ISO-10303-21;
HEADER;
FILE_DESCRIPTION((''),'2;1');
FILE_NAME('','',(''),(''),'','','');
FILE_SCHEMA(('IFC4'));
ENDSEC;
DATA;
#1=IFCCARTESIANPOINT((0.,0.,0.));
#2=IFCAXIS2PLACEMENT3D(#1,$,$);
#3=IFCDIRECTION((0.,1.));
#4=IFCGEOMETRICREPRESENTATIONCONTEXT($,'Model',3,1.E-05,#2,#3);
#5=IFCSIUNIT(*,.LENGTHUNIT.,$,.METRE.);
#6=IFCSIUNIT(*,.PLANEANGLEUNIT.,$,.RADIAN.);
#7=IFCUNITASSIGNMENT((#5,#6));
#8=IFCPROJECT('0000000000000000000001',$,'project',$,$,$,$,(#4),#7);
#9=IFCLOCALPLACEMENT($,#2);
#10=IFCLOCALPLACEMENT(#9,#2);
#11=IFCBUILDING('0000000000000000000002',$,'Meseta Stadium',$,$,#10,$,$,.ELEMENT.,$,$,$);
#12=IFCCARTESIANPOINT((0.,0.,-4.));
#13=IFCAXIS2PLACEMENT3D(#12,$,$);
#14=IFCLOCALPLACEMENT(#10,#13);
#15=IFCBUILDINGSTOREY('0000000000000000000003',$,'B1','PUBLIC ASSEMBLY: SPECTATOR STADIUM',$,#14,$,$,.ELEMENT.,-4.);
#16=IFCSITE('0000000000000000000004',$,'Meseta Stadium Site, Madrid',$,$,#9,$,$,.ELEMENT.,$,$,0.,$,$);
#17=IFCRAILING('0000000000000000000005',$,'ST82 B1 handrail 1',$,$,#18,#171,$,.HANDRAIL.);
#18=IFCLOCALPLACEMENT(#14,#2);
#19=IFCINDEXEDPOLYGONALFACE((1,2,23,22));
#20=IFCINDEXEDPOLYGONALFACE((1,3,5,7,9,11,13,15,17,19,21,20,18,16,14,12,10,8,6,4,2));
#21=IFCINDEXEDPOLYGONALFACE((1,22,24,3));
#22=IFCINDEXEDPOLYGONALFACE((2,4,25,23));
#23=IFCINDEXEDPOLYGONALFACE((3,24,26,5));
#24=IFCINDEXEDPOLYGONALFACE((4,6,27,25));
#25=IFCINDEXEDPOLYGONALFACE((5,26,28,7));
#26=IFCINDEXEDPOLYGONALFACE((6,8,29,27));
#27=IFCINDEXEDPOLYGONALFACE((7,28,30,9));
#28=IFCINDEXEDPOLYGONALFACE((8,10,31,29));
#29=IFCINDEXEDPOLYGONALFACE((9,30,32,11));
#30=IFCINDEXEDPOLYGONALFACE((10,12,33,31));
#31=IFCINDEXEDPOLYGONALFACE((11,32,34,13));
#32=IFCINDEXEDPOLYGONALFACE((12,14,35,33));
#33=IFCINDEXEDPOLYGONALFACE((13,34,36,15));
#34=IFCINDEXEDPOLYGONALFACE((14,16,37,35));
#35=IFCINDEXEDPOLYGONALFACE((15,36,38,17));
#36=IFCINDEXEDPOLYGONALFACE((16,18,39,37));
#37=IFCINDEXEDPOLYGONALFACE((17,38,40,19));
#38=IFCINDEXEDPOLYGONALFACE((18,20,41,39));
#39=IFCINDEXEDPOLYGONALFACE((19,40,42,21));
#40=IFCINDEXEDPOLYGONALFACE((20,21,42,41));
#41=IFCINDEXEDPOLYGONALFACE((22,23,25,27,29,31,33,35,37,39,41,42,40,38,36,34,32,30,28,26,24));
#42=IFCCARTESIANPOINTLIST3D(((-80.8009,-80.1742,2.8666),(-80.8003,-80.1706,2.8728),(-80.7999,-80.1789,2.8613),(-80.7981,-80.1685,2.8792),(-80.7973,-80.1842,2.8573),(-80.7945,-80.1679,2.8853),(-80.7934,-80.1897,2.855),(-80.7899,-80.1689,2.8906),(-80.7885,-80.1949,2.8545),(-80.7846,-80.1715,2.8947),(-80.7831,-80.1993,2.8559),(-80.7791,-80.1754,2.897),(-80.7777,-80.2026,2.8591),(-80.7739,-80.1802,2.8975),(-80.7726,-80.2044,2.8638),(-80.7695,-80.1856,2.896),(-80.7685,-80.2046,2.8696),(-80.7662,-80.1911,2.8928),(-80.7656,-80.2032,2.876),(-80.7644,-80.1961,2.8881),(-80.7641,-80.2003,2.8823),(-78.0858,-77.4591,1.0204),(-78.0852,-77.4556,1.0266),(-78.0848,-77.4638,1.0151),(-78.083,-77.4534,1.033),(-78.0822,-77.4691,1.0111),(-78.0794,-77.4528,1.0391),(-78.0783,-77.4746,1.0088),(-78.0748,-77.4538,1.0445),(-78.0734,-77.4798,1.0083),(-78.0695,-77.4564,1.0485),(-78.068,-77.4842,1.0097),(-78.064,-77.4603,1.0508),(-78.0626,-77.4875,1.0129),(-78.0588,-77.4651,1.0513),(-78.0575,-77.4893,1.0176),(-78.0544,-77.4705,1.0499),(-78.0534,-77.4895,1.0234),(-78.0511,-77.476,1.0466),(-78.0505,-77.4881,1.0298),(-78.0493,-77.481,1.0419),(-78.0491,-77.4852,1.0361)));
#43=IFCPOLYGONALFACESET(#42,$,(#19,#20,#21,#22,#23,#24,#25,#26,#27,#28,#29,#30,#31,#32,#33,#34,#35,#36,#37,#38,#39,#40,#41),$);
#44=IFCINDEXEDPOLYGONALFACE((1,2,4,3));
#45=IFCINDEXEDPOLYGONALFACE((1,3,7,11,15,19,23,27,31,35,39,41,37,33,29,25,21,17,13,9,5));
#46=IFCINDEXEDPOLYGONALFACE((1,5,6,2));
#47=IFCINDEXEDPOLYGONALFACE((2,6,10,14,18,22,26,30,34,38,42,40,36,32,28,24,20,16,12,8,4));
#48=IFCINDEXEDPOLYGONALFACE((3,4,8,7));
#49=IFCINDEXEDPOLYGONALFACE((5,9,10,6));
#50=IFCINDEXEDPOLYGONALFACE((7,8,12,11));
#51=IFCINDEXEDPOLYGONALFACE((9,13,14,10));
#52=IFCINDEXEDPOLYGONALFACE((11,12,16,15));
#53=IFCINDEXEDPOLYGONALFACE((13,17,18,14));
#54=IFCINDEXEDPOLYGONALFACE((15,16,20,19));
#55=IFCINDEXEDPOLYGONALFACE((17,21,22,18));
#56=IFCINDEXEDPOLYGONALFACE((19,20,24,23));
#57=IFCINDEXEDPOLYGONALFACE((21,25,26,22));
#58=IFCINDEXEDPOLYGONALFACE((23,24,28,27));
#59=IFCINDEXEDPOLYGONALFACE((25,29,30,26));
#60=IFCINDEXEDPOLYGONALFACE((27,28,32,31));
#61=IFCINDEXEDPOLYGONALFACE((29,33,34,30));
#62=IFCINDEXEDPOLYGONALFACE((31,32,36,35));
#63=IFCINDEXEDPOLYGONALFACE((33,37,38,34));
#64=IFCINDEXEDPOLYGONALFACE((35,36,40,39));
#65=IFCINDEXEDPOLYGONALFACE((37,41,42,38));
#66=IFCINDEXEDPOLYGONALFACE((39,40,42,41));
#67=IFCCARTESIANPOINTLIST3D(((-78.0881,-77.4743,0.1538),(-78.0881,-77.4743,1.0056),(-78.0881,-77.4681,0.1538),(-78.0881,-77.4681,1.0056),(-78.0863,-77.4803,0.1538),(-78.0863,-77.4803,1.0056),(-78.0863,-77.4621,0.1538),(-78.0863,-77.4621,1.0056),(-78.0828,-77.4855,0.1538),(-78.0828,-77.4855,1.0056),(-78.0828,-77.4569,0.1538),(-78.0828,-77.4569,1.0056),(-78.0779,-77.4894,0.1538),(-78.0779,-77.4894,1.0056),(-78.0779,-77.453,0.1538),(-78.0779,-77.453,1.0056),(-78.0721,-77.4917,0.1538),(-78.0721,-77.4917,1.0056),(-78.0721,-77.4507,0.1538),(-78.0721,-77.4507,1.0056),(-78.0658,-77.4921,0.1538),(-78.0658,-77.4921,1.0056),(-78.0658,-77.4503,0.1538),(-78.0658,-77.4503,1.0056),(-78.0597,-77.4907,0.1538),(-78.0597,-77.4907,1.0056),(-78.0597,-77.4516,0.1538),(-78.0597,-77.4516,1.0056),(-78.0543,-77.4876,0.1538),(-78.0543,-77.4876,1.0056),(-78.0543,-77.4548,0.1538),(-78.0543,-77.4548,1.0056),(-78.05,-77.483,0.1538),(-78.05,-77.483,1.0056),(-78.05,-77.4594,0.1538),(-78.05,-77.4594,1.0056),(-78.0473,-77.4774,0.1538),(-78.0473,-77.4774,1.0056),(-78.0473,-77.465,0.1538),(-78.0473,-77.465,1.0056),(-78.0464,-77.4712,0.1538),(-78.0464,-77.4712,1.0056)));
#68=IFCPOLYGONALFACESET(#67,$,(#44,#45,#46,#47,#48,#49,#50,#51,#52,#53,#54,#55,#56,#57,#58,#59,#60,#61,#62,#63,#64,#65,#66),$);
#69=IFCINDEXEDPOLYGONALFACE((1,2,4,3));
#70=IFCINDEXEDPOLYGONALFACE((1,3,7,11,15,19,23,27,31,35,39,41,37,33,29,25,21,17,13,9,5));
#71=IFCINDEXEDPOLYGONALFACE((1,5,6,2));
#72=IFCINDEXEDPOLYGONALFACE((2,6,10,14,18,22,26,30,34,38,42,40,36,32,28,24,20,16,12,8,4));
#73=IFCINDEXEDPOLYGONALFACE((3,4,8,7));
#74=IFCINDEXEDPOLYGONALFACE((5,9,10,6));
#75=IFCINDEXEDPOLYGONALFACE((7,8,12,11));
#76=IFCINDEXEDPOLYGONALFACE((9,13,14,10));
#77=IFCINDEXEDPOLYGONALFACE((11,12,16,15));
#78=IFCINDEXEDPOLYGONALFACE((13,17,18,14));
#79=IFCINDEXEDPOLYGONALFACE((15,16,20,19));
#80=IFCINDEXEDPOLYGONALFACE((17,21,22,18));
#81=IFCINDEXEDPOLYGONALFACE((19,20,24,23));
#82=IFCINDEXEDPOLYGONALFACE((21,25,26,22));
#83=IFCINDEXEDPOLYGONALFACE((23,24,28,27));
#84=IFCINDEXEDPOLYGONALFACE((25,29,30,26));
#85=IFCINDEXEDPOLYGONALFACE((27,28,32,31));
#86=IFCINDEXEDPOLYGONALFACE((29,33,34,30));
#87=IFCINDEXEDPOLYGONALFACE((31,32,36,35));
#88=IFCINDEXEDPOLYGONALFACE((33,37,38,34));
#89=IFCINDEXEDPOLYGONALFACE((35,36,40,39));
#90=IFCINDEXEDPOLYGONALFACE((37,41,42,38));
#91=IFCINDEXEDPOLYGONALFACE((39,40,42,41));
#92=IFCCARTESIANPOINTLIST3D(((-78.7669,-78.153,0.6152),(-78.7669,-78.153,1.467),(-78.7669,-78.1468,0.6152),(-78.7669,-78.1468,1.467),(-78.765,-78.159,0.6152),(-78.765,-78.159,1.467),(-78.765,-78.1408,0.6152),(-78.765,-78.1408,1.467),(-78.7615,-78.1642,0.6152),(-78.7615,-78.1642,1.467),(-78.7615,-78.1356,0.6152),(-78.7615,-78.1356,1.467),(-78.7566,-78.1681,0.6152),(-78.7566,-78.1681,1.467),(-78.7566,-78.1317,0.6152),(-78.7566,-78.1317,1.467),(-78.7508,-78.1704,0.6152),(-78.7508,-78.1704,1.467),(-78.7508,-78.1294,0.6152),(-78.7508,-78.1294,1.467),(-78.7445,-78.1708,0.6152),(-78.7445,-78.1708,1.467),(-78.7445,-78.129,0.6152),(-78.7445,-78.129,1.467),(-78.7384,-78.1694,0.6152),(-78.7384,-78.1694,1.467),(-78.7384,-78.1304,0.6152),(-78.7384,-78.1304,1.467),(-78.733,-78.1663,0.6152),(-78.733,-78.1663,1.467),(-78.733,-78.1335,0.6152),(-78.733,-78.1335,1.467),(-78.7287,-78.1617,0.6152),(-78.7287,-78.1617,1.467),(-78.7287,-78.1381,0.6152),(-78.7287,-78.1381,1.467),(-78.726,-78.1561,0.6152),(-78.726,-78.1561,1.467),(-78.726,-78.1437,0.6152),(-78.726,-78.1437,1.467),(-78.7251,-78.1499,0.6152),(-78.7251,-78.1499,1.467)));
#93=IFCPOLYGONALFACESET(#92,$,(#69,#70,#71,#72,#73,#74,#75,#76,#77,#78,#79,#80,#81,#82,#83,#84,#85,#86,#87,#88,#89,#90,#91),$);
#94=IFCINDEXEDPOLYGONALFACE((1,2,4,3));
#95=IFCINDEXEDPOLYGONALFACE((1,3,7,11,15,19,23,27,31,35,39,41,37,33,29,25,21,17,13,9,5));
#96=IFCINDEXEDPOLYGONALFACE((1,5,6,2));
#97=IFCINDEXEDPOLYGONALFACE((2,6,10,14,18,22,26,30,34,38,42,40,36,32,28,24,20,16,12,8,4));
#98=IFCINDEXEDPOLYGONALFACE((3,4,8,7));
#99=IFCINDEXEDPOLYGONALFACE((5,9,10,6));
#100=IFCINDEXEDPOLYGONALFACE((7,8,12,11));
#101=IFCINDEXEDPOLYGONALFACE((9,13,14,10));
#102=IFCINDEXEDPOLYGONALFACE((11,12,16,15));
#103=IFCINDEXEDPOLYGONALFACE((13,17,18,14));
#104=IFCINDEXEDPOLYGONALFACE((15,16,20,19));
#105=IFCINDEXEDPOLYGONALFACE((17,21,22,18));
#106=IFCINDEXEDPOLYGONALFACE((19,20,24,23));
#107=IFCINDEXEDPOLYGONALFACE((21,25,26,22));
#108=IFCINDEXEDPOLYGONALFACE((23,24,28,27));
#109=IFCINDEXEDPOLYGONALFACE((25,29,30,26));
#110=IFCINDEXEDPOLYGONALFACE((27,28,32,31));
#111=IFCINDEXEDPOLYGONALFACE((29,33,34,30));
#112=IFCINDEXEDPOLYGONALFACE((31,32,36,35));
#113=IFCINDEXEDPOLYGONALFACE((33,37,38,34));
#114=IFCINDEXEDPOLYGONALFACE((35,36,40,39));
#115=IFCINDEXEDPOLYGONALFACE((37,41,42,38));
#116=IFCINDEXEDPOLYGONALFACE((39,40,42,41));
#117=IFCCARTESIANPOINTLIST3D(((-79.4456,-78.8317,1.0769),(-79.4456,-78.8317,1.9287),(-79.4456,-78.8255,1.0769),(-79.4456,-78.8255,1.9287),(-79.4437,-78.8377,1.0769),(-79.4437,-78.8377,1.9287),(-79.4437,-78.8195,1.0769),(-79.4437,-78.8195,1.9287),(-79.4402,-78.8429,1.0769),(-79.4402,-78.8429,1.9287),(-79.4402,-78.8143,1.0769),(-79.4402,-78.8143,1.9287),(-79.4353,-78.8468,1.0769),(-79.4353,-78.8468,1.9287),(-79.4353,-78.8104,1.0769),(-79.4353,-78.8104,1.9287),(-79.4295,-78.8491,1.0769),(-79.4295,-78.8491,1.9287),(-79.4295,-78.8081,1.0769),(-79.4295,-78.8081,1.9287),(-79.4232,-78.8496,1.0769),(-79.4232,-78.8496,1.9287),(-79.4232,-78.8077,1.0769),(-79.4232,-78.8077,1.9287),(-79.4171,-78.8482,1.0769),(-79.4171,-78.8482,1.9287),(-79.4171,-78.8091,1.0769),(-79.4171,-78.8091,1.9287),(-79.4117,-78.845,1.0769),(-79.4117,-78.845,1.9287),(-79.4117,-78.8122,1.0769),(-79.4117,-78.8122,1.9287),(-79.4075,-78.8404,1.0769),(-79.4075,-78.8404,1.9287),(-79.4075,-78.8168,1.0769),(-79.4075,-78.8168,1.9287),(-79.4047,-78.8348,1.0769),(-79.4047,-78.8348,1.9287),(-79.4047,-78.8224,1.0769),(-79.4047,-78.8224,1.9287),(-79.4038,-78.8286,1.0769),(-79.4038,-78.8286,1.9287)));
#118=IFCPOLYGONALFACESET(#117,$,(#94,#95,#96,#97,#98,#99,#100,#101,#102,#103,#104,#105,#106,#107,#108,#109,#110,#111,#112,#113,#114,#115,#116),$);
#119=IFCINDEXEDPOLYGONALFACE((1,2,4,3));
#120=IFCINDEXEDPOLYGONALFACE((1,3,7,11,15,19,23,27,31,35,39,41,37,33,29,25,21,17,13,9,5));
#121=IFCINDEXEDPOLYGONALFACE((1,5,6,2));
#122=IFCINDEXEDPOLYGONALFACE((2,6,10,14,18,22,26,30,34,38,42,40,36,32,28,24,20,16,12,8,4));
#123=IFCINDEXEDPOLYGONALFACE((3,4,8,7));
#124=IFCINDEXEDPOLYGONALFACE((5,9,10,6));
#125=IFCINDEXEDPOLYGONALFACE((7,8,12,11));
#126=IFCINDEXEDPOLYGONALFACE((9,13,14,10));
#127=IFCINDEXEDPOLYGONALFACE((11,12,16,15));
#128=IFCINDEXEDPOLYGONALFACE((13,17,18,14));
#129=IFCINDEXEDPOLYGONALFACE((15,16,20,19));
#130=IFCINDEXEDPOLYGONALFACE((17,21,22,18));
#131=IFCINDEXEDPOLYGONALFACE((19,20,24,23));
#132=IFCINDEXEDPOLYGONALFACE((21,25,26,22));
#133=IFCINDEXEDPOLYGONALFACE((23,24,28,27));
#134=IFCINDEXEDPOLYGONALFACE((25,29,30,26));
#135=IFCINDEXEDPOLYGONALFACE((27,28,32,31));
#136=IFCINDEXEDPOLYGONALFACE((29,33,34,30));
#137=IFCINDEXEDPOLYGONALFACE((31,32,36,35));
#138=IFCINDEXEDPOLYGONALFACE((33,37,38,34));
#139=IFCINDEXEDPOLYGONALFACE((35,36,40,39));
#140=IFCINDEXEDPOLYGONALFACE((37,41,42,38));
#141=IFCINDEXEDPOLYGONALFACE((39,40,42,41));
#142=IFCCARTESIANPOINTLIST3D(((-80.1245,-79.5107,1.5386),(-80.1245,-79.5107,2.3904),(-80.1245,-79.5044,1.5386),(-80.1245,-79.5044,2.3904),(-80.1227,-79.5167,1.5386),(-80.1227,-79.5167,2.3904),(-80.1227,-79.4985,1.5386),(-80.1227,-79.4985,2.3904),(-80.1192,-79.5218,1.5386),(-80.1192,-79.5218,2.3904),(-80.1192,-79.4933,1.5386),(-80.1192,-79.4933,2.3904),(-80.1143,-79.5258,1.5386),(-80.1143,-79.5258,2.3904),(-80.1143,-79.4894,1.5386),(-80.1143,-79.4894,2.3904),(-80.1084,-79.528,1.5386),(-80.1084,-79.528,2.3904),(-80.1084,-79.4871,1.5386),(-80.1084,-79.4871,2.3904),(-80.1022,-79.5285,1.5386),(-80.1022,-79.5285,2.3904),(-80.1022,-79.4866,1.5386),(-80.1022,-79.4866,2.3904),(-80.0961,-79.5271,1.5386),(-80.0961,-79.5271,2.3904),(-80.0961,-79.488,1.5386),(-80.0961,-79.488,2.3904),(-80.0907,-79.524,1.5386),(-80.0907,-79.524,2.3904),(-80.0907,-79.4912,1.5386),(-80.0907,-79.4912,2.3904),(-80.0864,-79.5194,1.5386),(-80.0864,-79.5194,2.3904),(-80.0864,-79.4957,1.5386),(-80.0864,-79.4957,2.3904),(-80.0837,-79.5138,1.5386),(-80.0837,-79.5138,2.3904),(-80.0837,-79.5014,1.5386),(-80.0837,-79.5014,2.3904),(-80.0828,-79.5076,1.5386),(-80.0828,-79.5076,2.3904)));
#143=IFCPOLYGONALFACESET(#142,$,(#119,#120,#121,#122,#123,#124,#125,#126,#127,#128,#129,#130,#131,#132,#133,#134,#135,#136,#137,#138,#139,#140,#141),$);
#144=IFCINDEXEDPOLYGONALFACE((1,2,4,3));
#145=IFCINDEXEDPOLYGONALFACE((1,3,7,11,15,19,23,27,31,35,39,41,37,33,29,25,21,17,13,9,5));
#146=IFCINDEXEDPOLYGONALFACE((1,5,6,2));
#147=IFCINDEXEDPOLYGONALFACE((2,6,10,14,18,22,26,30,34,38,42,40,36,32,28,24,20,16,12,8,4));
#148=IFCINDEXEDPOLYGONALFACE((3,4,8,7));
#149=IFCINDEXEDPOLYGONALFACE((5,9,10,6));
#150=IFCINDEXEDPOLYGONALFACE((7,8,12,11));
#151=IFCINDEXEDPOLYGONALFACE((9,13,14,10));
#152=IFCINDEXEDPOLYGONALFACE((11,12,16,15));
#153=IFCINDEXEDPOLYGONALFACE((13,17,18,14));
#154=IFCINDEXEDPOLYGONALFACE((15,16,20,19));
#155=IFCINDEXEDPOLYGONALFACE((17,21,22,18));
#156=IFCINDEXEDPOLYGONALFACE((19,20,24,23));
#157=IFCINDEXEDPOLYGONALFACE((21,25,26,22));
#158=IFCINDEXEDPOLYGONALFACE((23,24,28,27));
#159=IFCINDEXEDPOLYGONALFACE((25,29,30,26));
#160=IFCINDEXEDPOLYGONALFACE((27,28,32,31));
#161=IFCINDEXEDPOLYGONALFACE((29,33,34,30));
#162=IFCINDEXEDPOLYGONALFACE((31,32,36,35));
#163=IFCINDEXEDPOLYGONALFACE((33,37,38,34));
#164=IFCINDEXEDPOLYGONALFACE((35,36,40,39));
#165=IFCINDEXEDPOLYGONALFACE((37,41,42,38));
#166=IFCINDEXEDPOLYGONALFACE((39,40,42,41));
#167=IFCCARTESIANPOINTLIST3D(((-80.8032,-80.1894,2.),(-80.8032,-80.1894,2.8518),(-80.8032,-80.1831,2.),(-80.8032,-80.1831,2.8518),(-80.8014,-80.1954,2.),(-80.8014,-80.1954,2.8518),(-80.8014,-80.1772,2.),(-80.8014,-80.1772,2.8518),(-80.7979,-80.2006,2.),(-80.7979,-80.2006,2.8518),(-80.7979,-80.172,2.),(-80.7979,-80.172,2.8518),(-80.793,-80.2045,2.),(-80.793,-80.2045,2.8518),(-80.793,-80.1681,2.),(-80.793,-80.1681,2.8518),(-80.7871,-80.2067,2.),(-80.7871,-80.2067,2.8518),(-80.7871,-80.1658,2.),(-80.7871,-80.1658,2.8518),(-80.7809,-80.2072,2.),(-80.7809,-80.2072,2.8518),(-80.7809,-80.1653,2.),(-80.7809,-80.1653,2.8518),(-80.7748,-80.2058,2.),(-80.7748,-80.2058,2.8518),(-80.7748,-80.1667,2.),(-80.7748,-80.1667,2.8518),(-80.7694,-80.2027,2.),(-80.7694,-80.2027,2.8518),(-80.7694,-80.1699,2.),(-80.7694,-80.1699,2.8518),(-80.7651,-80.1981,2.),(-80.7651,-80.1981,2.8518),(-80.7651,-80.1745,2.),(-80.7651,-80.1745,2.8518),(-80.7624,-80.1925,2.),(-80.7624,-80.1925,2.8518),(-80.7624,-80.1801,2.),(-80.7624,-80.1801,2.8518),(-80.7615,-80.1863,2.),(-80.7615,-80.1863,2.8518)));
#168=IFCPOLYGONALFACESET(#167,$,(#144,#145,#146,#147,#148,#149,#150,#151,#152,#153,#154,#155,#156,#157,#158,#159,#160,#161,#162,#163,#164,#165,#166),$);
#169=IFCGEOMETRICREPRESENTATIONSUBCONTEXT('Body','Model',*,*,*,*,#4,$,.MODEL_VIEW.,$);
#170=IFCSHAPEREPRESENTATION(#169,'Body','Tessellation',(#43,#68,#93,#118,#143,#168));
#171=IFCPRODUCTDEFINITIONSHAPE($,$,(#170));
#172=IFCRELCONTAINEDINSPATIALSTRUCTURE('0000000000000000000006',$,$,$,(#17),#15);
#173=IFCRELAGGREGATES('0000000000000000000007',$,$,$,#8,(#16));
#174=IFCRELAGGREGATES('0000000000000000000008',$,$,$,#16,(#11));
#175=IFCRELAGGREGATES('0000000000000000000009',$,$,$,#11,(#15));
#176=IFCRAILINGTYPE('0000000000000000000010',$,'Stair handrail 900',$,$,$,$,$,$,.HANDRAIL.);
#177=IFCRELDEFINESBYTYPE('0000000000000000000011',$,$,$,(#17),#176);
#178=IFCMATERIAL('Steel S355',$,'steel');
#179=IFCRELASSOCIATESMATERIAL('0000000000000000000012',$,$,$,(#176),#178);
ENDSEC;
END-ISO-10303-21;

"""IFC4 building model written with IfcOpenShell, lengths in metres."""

from ifc_helpers import new_model, si_unit, direction, frame, origin, origin_2d, place, context, subcontext, project, spatial, circle, extrude, material, type_object, element, save


model = new_model("IFC4")

# Units and contexts
model_context = context("Model", 3, precision=1e-05, world=origin(), true_north=direction((0.0, 1.0)))
body_context = subcontext(model_context, "Body", "Model", "MODEL_VIEW")
ifc_project = project(units=[si_unit("LENGTHUNIT", "METRE"), si_unit("PLANEANGLEUNIT", "RADIAN")], contexts=[model_context])

# Site, building, storey
site_placement = place(None, origin())
site = spatial("IfcSite", under=ifc_project, at=site_placement, Name="Meseta Stadium Site, Madrid", CompositionType="ELEMENT", RefElevation=0.0)
building_placement = place(site_placement, origin())
building = spatial("IfcBuilding", under=site, at=building_placement, Name="Meseta Stadium", CompositionType="ELEMENT")
storey_placement = place(building_placement, frame((0.0, 0.0, -4.0)))
storey = spatial("IfcBuildingStorey", under=building, at=storey_placement, Name="B1", Description="PUBLIC ASSEMBLY: SPECTATOR STADIUM", CompositionType="ELEMENT", Elevation=-4.0)

# Railing
ifc_material_1 = material(Name="Steel S355", Category="steel")
railing_type_1 = type_object("IfcRailingType", Name="Stair handrail 900", PredefinedType="HANDRAIL", material=ifc_material_1)
railing_1_placement = place(storey_placement, frame((-78.0674, -77.4712, 0.1538)))
element("IfcRailing", 1, at=railing_1_placement, inside=storey, type_object=railing_type_1, Name="ST82 B1 handrail 1", PredefinedType="HANDRAIL", context=body_context, shape_type="SweptSolid", body=[
    extrude(circle(Radius=0.0239, at=origin_2d()), frame((0.0, 0.0, 0.876), z_axis=(-0.63727, -0.63727, 0.433328), x_axis=(0.707107, -0.707107, 0.0)), (0.0, 0.0, 1.0), 4.2605),
    extrude(circle(Radius=0.021, at=origin_2d()), origin(), (0.0, 0.0, 1.0), 0.8518),
    extrude(circle(Radius=0.021, at=origin_2d()), frame((-0.6787, -0.6787, 0.4614)), (0.0, 0.0, 1.0), 0.8518),
    extrude(circle(Radius=0.021, at=origin_2d()), frame((-1.3574, -1.3574, 0.9231)), (0.0, 0.0, 1.0), 0.8518),
    extrude(circle(Radius=0.021, at=origin_2d()), frame((-2.0364, -2.0364, 1.3848)), (0.0, 0.0, 1.0), 0.8518),
    extrude(circle(Radius=0.021, at=origin_2d()), frame((-2.7151, -2.7151, 1.8462)), (0.0, 0.0, 1.0), 0.8518),
])

save(model, "model.ifc")
